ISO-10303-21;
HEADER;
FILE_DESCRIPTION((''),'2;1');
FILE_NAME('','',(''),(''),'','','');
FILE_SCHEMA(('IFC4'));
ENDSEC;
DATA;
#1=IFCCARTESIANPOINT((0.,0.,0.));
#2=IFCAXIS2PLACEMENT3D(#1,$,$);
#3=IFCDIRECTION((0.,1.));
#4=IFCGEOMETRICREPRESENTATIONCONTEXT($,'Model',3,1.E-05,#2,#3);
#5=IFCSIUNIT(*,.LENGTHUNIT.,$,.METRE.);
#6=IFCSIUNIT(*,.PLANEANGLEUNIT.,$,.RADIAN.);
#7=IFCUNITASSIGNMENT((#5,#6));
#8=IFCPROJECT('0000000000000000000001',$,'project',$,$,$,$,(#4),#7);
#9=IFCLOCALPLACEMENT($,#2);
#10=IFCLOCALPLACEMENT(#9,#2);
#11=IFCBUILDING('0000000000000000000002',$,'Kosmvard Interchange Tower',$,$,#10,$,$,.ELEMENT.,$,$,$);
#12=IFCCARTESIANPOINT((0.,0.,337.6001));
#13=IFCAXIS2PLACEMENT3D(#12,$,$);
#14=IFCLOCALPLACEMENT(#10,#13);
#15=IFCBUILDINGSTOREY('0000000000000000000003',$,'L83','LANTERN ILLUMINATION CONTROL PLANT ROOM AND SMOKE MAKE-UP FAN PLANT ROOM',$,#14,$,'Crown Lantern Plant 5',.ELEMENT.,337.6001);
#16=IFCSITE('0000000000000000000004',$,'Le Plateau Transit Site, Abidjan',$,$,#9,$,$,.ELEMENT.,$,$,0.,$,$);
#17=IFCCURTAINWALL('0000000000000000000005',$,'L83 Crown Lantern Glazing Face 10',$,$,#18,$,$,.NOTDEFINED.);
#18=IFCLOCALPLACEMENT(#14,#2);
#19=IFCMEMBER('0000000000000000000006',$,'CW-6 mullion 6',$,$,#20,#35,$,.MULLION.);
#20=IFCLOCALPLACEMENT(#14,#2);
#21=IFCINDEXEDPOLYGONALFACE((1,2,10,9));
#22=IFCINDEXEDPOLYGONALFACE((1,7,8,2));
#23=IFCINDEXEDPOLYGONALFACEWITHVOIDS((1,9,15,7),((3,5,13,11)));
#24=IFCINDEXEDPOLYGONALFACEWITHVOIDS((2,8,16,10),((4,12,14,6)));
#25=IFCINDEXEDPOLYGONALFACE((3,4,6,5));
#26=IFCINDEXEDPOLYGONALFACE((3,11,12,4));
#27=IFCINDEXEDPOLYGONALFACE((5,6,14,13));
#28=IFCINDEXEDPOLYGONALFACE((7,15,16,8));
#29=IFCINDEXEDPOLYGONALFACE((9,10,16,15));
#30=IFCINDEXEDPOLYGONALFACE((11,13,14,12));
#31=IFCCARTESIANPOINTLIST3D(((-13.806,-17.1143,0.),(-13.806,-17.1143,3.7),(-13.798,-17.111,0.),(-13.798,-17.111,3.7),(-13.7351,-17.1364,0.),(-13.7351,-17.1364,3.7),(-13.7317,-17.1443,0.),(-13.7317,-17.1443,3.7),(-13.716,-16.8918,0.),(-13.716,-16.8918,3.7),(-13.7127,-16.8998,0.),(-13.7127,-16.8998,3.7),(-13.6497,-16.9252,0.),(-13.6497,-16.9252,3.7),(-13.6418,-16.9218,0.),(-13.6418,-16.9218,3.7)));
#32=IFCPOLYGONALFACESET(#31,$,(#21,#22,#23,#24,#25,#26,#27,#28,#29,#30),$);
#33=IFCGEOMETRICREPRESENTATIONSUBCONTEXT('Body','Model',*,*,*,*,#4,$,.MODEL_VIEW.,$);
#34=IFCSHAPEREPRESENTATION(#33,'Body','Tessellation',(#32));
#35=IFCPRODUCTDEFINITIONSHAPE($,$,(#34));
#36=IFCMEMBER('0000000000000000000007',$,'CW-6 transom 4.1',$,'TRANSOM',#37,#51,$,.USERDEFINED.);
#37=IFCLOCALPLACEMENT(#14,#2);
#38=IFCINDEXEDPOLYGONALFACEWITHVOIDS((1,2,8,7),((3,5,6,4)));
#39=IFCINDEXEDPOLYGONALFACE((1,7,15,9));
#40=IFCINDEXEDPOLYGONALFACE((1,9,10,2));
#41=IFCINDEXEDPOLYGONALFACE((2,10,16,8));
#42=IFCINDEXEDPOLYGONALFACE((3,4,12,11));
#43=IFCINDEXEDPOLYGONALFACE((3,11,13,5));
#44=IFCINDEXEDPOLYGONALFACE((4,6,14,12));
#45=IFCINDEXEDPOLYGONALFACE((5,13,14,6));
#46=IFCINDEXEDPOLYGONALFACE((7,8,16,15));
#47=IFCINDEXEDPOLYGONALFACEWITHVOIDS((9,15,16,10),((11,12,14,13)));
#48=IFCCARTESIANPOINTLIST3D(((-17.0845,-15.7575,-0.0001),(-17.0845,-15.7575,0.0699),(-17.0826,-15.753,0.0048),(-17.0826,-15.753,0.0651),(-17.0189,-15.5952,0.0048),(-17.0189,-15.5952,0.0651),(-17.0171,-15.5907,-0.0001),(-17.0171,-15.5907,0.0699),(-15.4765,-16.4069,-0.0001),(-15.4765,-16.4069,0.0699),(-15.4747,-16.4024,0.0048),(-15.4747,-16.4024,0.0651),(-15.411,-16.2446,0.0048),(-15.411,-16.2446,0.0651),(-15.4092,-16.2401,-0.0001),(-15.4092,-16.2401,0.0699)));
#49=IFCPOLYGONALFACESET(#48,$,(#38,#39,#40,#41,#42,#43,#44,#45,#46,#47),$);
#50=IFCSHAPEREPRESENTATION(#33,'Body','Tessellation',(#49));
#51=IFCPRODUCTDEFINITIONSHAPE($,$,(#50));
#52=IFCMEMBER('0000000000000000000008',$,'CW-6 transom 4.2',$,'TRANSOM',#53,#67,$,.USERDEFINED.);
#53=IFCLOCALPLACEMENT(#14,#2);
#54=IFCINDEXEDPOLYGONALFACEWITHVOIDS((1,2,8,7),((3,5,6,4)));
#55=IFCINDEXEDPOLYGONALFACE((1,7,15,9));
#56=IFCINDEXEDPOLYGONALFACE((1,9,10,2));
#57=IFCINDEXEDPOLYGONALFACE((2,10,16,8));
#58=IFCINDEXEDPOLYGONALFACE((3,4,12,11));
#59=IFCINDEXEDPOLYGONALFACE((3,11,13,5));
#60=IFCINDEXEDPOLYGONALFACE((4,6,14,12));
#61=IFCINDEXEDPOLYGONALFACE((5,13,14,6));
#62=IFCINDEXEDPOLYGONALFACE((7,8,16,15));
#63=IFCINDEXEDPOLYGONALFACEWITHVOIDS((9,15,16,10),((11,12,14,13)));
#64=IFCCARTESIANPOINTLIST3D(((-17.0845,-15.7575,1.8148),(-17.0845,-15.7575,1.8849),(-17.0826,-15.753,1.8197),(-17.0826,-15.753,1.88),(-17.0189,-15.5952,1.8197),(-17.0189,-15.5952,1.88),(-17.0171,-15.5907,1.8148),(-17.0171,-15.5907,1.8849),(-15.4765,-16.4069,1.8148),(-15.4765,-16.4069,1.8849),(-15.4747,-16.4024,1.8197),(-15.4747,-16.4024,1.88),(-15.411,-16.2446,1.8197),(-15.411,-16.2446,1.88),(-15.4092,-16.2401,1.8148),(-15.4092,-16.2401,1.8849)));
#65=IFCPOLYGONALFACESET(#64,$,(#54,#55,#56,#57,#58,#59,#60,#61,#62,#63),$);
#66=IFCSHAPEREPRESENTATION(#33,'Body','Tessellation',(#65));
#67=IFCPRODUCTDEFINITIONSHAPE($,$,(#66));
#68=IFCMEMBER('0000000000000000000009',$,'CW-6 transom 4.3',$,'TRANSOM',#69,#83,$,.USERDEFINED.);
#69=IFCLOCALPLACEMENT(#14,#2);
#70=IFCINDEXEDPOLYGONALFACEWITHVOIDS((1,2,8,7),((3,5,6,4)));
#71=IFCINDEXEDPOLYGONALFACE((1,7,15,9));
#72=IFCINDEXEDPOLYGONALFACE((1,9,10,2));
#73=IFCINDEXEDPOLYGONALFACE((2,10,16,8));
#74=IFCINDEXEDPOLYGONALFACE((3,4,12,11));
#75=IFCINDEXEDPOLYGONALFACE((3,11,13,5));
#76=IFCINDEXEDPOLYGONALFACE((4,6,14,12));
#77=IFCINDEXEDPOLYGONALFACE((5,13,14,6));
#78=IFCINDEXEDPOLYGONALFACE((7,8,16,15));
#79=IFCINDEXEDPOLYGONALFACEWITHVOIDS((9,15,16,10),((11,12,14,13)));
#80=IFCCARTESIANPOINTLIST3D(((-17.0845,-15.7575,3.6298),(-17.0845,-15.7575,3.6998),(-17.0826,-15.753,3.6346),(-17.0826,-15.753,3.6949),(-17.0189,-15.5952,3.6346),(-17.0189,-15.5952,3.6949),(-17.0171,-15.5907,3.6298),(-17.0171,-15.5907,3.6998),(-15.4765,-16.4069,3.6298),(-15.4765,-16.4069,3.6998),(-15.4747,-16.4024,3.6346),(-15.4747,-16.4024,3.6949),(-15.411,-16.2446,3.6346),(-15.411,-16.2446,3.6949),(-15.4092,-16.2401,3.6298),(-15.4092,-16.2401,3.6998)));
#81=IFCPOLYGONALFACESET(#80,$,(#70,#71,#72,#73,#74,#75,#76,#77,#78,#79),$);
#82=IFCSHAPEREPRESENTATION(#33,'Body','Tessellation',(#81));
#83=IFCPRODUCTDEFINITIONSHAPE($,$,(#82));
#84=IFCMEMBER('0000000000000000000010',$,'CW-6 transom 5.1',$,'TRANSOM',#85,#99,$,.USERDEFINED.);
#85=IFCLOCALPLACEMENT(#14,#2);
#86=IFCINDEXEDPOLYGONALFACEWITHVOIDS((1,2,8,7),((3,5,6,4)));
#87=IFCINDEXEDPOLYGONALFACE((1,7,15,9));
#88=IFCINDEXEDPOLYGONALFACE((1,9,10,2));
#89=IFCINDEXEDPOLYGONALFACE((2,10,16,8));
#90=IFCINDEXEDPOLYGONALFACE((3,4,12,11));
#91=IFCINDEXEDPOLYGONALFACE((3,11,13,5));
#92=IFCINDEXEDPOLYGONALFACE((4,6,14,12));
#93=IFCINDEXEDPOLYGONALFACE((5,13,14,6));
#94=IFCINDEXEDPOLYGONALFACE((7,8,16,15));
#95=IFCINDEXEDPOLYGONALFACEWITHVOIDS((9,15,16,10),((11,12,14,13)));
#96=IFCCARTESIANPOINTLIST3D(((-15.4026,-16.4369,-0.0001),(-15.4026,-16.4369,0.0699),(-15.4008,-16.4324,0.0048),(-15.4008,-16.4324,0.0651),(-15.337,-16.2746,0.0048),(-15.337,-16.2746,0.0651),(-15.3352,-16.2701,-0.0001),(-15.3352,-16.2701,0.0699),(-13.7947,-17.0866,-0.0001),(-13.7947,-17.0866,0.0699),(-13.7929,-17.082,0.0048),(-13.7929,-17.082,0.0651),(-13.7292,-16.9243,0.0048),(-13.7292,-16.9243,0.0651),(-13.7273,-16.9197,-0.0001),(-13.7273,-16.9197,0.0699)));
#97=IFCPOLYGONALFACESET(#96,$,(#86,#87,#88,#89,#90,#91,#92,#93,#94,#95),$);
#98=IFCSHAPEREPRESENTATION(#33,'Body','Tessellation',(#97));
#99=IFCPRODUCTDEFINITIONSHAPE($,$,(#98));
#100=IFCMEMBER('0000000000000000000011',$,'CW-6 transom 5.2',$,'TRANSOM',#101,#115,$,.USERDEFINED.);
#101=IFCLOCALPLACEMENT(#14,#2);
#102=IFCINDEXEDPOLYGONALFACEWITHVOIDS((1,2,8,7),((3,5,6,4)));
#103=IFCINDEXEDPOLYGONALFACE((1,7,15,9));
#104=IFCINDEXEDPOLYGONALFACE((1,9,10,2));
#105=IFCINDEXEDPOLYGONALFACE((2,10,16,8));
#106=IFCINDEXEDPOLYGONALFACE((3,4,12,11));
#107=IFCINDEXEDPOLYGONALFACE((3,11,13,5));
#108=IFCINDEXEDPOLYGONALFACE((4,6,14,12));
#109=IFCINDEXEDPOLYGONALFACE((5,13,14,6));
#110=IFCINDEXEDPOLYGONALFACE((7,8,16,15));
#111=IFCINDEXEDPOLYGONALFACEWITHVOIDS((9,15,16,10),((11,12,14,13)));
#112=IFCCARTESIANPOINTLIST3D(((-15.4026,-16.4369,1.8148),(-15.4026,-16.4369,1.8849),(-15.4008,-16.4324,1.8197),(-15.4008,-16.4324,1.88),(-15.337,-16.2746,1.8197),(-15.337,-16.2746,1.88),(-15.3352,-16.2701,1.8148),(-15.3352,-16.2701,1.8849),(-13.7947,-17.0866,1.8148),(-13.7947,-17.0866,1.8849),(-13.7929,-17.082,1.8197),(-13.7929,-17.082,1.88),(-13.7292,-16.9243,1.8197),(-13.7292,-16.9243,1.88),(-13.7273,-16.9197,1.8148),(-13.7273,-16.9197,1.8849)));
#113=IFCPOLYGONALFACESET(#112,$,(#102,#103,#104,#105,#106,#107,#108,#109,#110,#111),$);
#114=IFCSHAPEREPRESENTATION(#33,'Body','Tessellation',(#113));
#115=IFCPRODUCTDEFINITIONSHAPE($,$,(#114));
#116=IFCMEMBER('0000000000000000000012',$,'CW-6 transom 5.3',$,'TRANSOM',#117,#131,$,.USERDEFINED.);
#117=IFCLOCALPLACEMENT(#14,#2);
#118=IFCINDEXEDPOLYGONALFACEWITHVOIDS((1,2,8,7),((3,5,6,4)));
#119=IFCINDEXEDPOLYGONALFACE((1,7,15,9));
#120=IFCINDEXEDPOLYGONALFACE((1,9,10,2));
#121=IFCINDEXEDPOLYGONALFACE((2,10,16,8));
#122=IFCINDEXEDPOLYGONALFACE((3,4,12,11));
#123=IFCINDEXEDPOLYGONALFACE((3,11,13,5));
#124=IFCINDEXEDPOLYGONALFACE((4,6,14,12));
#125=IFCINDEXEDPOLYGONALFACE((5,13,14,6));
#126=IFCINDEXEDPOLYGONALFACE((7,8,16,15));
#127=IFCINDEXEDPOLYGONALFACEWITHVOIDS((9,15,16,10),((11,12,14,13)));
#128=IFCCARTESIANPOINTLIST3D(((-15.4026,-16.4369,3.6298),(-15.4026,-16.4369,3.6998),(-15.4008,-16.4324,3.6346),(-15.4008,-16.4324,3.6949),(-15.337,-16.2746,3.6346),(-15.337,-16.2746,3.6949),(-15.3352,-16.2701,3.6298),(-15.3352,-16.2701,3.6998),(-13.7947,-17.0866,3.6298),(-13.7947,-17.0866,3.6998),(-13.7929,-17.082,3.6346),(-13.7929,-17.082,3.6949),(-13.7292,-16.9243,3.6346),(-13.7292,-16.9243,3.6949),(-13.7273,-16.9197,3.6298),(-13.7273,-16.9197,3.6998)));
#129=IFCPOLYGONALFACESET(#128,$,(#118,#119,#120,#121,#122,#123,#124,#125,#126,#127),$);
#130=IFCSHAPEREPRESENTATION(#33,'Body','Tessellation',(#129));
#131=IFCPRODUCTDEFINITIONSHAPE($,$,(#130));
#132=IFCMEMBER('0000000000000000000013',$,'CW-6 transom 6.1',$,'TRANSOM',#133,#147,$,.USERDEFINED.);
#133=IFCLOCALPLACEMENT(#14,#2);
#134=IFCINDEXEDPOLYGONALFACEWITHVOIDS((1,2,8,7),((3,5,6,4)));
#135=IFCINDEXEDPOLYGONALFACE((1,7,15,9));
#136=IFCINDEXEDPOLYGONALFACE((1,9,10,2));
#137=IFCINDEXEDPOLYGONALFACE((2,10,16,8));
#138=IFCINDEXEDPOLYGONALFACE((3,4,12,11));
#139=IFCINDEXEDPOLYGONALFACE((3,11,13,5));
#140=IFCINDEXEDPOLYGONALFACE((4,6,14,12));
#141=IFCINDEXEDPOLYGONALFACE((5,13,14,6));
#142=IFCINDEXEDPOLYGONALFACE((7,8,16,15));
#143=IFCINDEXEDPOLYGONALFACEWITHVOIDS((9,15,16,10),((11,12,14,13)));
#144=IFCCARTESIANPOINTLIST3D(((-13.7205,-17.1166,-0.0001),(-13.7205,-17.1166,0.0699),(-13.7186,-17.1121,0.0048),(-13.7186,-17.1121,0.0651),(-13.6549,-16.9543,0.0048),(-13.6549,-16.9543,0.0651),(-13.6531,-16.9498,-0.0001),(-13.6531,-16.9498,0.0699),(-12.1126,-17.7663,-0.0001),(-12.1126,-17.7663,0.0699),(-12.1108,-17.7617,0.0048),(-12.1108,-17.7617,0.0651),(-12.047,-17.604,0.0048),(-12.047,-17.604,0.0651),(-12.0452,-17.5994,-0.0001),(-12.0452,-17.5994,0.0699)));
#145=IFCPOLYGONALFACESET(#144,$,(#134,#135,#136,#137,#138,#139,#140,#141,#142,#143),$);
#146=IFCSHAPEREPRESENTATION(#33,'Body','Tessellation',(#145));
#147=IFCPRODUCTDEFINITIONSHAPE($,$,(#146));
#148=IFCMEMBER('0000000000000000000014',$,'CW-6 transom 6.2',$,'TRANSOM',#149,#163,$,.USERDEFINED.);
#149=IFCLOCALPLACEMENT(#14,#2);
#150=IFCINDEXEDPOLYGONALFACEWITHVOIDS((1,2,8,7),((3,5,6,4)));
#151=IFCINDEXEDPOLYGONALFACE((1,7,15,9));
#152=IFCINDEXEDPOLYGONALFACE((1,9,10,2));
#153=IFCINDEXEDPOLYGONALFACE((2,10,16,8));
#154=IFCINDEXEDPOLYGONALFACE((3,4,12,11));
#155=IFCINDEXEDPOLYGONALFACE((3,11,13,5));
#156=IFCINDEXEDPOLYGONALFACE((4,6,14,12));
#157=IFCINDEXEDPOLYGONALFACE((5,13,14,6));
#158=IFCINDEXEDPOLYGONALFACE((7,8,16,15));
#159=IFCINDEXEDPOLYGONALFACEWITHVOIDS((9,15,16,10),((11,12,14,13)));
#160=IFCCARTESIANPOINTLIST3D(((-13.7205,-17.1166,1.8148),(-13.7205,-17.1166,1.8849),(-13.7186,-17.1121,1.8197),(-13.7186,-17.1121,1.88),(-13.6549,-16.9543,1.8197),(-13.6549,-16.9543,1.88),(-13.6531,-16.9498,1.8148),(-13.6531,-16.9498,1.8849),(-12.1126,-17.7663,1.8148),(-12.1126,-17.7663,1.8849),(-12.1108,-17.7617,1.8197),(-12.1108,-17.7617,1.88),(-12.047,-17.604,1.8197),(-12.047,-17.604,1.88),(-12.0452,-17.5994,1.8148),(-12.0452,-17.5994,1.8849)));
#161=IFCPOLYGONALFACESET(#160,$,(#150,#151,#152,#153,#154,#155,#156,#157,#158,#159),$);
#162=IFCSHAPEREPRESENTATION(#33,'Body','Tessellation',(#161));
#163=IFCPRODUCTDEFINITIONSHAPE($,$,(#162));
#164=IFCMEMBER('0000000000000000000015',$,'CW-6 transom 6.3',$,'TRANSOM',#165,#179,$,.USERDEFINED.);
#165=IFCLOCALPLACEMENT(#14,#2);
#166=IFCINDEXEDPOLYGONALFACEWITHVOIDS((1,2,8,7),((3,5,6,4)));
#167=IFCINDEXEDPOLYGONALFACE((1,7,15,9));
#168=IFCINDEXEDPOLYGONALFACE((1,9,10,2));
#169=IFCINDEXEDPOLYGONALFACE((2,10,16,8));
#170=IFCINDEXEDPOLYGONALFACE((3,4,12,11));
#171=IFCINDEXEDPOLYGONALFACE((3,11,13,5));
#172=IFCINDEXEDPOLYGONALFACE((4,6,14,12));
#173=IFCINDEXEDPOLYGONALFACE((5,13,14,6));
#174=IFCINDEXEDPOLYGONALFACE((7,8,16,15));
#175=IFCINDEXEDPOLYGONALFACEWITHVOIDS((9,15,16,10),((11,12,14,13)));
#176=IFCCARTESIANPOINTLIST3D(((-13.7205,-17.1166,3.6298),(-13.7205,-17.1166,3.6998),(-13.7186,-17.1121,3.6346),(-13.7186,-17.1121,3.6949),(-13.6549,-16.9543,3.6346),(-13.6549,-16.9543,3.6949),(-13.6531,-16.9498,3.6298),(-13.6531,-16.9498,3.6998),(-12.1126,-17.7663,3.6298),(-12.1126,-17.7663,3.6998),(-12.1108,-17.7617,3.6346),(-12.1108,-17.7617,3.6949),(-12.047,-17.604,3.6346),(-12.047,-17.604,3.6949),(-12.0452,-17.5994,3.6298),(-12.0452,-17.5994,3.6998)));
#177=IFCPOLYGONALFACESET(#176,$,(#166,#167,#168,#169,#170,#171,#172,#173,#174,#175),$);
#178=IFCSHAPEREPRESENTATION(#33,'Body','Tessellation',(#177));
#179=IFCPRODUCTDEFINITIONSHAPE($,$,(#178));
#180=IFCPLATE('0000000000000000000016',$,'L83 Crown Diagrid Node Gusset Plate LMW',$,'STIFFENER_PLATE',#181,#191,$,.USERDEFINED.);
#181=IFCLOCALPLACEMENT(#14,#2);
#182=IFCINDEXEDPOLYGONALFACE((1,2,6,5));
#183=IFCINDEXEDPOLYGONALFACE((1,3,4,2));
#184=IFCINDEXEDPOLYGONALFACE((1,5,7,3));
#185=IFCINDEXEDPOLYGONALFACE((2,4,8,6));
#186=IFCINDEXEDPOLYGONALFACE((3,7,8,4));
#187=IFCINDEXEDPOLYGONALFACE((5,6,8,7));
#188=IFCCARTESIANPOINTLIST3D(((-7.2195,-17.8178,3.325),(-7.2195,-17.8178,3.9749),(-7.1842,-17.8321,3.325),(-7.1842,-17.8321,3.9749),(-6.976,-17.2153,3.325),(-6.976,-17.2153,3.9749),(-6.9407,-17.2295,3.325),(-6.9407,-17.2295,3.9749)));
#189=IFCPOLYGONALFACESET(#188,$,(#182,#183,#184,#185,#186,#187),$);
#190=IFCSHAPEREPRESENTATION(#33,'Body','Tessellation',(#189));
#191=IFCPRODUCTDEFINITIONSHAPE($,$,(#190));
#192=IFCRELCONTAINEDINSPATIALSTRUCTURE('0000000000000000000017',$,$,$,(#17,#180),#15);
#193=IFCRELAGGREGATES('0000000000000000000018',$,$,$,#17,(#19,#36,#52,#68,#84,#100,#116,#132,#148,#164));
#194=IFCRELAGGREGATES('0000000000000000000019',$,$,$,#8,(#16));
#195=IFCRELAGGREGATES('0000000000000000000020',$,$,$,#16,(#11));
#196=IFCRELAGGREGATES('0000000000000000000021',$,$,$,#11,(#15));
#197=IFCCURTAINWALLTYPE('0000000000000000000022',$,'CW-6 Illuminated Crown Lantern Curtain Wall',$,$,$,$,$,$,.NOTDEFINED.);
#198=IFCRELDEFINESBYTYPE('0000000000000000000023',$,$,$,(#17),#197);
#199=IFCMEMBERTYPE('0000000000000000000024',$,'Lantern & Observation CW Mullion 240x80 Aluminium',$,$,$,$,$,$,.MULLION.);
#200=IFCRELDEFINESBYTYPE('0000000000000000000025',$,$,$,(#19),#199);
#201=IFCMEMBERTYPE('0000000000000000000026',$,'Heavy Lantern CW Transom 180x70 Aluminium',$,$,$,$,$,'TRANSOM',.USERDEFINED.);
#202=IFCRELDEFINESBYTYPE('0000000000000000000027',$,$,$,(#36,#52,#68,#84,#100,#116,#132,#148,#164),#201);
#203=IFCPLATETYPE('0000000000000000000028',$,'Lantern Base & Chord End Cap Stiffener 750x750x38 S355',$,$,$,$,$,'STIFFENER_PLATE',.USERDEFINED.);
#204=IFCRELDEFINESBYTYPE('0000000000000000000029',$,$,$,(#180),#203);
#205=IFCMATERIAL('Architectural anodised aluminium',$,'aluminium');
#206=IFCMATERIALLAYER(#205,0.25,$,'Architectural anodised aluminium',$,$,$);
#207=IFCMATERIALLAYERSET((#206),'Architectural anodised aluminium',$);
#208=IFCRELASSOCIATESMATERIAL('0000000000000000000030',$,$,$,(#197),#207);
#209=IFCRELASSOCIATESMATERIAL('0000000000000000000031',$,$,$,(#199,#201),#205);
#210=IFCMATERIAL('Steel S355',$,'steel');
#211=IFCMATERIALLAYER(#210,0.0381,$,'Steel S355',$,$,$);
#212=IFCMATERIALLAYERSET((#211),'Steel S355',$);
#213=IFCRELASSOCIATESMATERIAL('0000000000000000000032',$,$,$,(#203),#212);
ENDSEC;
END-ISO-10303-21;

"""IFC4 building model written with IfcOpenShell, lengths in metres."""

from ifc_helpers import new_model, si_unit, direction, frame, origin, origin_2d, place, context, subcontext, project, spatial, rectangle, hollow_rectangle, extrude, source, transform, mapped, material, layer, layer_set, material_profile, profile_set, type_object, element, aggregate, save


model = new_model("IFC4")

# Units and contexts
model_context = context("Model", 3, precision=1e-05, world=origin(), true_north=direction((0.0, 1.0)))
body_context = subcontext(model_context, "Body", "Model", "MODEL_VIEW")
ifc_project = project(units=[si_unit("LENGTHUNIT", "METRE"), si_unit("PLANEANGLEUNIT", "RADIAN")], contexts=[model_context])

# Site, building, storey
site_placement = place(None, origin())
site = spatial("IfcSite", under=ifc_project, at=site_placement, Name="Le Plateau Transit Site, Abidjan", CompositionType="ELEMENT", RefElevation=0.0)
building_placement = place(site_placement, origin())
building = spatial("IfcBuilding", under=site, at=building_placement, Name="Kosmvard Interchange Tower", CompositionType="ELEMENT")
storey_placement = place(building_placement, frame((0.0, 0.0, 337.6001)))
storey = spatial("IfcBuildingStorey", under=building, at=storey_placement, Name="L83", Description="LANTERN ILLUMINATION CONTROL PLANT ROOM AND SMOKE MAKE-UP FAN PLANT ROOM", LongName="Crown Lantern Plant 5", CompositionType="ELEMENT", Elevation=337.6001)

# Shared definitions
ifc_material_1 = material(Name="Steel S355", Category="steel")

# Curtain wall, members
ifc_material_2 = material(Name="Architectural anodised aluminium", Category="aluminium")
ifc_layer_1 = layer(ifc_material_2, 0.25, Name="Architectural anodised aluminium")
ifc_layer_set_1 = layer_set([ifc_layer_1], Name="Architectural anodised aluminium")
curtain_wall_type = type_object("IfcCurtainWallType", Name="CW-6 Illuminated Crown Lantern Curtain Wall", PredefinedType="NOTDEFINED", material=ifc_layer_set_1)
curtain_wall_placement = place(storey_placement, origin())
curtain_wall = element("IfcCurtainWall", 1, at=curtain_wall_placement, inside=storey, type_object=curtain_wall_type, Name="L83 Crown Lantern Glazing Face 10", PredefinedType="NOTDEFINED")
ifc_material_profile_1 = material_profile(ifc_material_2, hollow_rectangle(XDim=0.24, YDim=0.0801, WallThickness=0.0061, at=origin_2d()), Name="CWM 240x80x6")
ifc_profile_set_1 = profile_set([ifc_material_profile_1], Name="Architectural anodised aluminium")
member_type_1 = type_object("IfcMemberType", Name="Lantern & Observation CW Mullion 240x80 Aluminium", PredefinedType="MULLION", material=ifc_profile_set_1)
shared_shape_1 = source(origin(), body_context, "Body", "SweptSolid", [
    extrude(hollow_rectangle(XDim=0.24, YDim=0.0801, WallThickness=0.0061, at=origin_2d()), origin(), (0.0, 0.0, 1.0), 3.7),
])
member_1_placement = place(storey_placement, frame((-13.7239, -17.0181, 0.0), z_axis=(0.0, 0.0, 1.0), x_axis=(0.374607, 0.927184, 0.0)))
member_1 = element("IfcMember", 2, at=member_1_placement, type_object=member_type_1, Name="CW-6 mullion 6", PredefinedType="MULLION", context=body_context, shape_type="MappedRepresentation", body=[
    mapped(shared_shape_1, transform((0.0, 0.0, 0.0), scale=1.0)),
])
ifc_material_profile_2 = material_profile(ifc_material_2, hollow_rectangle(XDim=0.1799, YDim=0.0701, WallThickness=0.0049, at=origin_2d()), Name="CWT 180x70x5")
ifc_profile_set_2 = profile_set([ifc_material_profile_2], Name="Architectural anodised aluminium")
member_type_2 = type_object("IfcMemberType", Name="Heavy Lantern CW Transom 180x70 Aluminium", ElementType="TRANSOM", PredefinedType="USERDEFINED", material=ifc_profile_set_2)
shared_shape_2 = source(origin(), body_context, "Body", "SweptSolid", [
    extrude(hollow_rectangle(XDim=0.1799, YDim=0.0701, WallThickness=0.0049, at=origin_2d()), origin(), (0.0, 0.0, 1.0), 1.7341),
])
member_2_placement = place(storey_placement, frame((-17.0508, -15.6741, 0.0349), z_axis=(0.927229, -0.374496, 0.0), x_axis=(0.374496, 0.927229, 0.0)))
member_2 = element("IfcMember", 3, at=member_2_placement, type_object=member_type_2, Name="CW-6 transom 4.1", ObjectType="TRANSOM", PredefinedType="USERDEFINED", context=body_context, shape_type="MappedRepresentation", body=[
    mapped(shared_shape_2, transform((0.0, 0.0, 0.0), scale=1.0)),
])
member_3_placement = place(storey_placement, frame((-17.0508, -15.6741, 1.8499), z_axis=(0.927229, -0.374496, 0.0), x_axis=(0.374496, 0.927229, 0.0)))
member_3 = element("IfcMember", 4, at=member_3_placement, type_object=member_type_2, Name="CW-6 transom 4.2", ObjectType="TRANSOM", PredefinedType="USERDEFINED", context=body_context, shape_type="MappedRepresentation", body=[
    mapped(shared_shape_2, transform((0.0, 0.0, 0.0), scale=1.0)),
])
member_4_placement = place(storey_placement, frame((-17.0508, -15.6741, 3.6648), z_axis=(0.927229, -0.374496, 0.0), x_axis=(0.374496, 0.927229, 0.0)))
member_4 = element("IfcMember", 5, at=member_4_placement, type_object=member_type_2, Name="CW-6 transom 4.3", ObjectType="TRANSOM", PredefinedType="USERDEFINED", context=body_context, shape_type="MappedRepresentation", body=[
    mapped(shared_shape_2, transform((0.0, 0.0, 0.0), scale=1.0)),
])
member_5_placement = place(storey_placement, frame((-15.3689, -16.3535, 0.0349), z_axis=(0.92718, -0.374617, 0.0), x_axis=(0.374617, 0.92718, 0.0)))
member_5 = element("IfcMember", 6, at=member_5_placement, type_object=member_type_2, Name="CW-6 transom 5.1", ObjectType="TRANSOM", PredefinedType="USERDEFINED", context=body_context, shape_type="MappedRepresentation", body=[
    mapped(shared_shape_2, transform((0.0, 0.0, 0.0), scale=1.0)),
])
member_6_placement = place(storey_placement, frame((-15.3689, -16.3535, 1.8499), z_axis=(0.92718, -0.374617, 0.0), x_axis=(0.374617, 0.92718, 0.0)))
member_6 = element("IfcMember", 7, at=member_6_placement, type_object=member_type_2, Name="CW-6 transom 5.2", ObjectType="TRANSOM", PredefinedType="USERDEFINED", context=body_context, shape_type="MappedRepresentation", body=[
    mapped(shared_shape_2, transform((0.0, 0.0, 0.0), scale=1.0)),
])
member_7_placement = place(storey_placement, frame((-15.3689, -16.3535, 3.6648), z_axis=(0.92718, -0.374617, 0.0), x_axis=(0.374617, 0.92718, 0.0)))
member_7 = element("IfcMember", 8, at=member_7_placement, type_object=member_type_2, Name="CW-6 transom 5.3", ObjectType="TRANSOM", PredefinedType="USERDEFINED", context=body_context, shape_type="MappedRepresentation", body=[
    mapped(shared_shape_2, transform((0.0, 0.0, 0.0), scale=1.0)),
])
member_8_placement = place(storey_placement, frame((-13.6868, -17.0332, 0.0349), z_axis=(0.92718, -0.374617, 0.0), x_axis=(0.374617, 0.92718, 0.0)))
member_8 = element("IfcMember", 9, at=member_8_placement, type_object=member_type_2, Name="CW-6 transom 6.1", ObjectType="TRANSOM", PredefinedType="USERDEFINED", context=body_context, shape_type="MappedRepresentation", body=[
    mapped(shared_shape_2, transform((0.0, 0.0, 0.0), scale=1.0)),
])
member_9_placement = place(storey_placement, frame((-13.6868, -17.0332, 1.8499), z_axis=(0.92718, -0.374617, 0.0), x_axis=(0.374617, 0.92718, 0.0)))
member_9 = element("IfcMember", 10, at=member_9_placement, type_object=member_type_2, Name="CW-6 transom 6.2", ObjectType="TRANSOM", PredefinedType="USERDEFINED", context=body_context, shape_type="MappedRepresentation", body=[
    mapped(shared_shape_2, transform((0.0, 0.0, 0.0), scale=1.0)),
])
member_10_placement = place(storey_placement, frame((-13.6868, -17.0332, 3.6648), z_axis=(0.92718, -0.374617, 0.0), x_axis=(0.374617, 0.92718, 0.0)))
member_10 = element("IfcMember", 11, at=member_10_placement, type_object=member_type_2, Name="CW-6 transom 6.3", ObjectType="TRANSOM", PredefinedType="USERDEFINED", context=body_context, shape_type="MappedRepresentation", body=[
    mapped(shared_shape_2, transform((0.0, 0.0, 0.0), scale=1.0)),
])

# Plate
ifc_layer_2 = layer(ifc_material_1, 0.0381, Name="Steel S355")
ifc_layer_set_2 = layer_set([ifc_layer_2], Name="Steel S355")
plate_type_1 = type_object("IfcPlateType", Name="Lantern Base & Chord End Cap Stiffener 750x750x38 S355", ElementType="STIFFENER_PLATE", PredefinedType="USERDEFINED", material=ifc_layer_set_2)
shared_shape_3 = source(origin(), body_context, "Body", "SweptSolid", [
    extrude(rectangle(XDim=0.6499, YDim=0.0381, at=origin_2d()), origin(), (0.0, 0.0, 1.0), 0.6499),
])
plate_1_placement = place(storey_placement, frame((-7.0801, -17.5237, 3.325), z_axis=(0.0, 0.0, 1.0), x_axis=(0.374607, 0.927184, 0.0)))
element("IfcPlate", 12, at=plate_1_placement, inside=storey, type_object=plate_type_1, Name="L83 Crown Diagrid Node Gusset Plate LMW", ObjectType="STIFFENER_PLATE", PredefinedType="USERDEFINED", context=body_context, shape_type="MappedRepresentation", body=[
    mapped(shared_shape_3, transform((0.0, 0.0, 0.0), scale=1.0)),
])
aggregate(curtain_wall, [member_1, member_2, member_3, member_4, member_5, member_6, member_7, member_8, member_9, member_10])

save(model, "model.ifc")
